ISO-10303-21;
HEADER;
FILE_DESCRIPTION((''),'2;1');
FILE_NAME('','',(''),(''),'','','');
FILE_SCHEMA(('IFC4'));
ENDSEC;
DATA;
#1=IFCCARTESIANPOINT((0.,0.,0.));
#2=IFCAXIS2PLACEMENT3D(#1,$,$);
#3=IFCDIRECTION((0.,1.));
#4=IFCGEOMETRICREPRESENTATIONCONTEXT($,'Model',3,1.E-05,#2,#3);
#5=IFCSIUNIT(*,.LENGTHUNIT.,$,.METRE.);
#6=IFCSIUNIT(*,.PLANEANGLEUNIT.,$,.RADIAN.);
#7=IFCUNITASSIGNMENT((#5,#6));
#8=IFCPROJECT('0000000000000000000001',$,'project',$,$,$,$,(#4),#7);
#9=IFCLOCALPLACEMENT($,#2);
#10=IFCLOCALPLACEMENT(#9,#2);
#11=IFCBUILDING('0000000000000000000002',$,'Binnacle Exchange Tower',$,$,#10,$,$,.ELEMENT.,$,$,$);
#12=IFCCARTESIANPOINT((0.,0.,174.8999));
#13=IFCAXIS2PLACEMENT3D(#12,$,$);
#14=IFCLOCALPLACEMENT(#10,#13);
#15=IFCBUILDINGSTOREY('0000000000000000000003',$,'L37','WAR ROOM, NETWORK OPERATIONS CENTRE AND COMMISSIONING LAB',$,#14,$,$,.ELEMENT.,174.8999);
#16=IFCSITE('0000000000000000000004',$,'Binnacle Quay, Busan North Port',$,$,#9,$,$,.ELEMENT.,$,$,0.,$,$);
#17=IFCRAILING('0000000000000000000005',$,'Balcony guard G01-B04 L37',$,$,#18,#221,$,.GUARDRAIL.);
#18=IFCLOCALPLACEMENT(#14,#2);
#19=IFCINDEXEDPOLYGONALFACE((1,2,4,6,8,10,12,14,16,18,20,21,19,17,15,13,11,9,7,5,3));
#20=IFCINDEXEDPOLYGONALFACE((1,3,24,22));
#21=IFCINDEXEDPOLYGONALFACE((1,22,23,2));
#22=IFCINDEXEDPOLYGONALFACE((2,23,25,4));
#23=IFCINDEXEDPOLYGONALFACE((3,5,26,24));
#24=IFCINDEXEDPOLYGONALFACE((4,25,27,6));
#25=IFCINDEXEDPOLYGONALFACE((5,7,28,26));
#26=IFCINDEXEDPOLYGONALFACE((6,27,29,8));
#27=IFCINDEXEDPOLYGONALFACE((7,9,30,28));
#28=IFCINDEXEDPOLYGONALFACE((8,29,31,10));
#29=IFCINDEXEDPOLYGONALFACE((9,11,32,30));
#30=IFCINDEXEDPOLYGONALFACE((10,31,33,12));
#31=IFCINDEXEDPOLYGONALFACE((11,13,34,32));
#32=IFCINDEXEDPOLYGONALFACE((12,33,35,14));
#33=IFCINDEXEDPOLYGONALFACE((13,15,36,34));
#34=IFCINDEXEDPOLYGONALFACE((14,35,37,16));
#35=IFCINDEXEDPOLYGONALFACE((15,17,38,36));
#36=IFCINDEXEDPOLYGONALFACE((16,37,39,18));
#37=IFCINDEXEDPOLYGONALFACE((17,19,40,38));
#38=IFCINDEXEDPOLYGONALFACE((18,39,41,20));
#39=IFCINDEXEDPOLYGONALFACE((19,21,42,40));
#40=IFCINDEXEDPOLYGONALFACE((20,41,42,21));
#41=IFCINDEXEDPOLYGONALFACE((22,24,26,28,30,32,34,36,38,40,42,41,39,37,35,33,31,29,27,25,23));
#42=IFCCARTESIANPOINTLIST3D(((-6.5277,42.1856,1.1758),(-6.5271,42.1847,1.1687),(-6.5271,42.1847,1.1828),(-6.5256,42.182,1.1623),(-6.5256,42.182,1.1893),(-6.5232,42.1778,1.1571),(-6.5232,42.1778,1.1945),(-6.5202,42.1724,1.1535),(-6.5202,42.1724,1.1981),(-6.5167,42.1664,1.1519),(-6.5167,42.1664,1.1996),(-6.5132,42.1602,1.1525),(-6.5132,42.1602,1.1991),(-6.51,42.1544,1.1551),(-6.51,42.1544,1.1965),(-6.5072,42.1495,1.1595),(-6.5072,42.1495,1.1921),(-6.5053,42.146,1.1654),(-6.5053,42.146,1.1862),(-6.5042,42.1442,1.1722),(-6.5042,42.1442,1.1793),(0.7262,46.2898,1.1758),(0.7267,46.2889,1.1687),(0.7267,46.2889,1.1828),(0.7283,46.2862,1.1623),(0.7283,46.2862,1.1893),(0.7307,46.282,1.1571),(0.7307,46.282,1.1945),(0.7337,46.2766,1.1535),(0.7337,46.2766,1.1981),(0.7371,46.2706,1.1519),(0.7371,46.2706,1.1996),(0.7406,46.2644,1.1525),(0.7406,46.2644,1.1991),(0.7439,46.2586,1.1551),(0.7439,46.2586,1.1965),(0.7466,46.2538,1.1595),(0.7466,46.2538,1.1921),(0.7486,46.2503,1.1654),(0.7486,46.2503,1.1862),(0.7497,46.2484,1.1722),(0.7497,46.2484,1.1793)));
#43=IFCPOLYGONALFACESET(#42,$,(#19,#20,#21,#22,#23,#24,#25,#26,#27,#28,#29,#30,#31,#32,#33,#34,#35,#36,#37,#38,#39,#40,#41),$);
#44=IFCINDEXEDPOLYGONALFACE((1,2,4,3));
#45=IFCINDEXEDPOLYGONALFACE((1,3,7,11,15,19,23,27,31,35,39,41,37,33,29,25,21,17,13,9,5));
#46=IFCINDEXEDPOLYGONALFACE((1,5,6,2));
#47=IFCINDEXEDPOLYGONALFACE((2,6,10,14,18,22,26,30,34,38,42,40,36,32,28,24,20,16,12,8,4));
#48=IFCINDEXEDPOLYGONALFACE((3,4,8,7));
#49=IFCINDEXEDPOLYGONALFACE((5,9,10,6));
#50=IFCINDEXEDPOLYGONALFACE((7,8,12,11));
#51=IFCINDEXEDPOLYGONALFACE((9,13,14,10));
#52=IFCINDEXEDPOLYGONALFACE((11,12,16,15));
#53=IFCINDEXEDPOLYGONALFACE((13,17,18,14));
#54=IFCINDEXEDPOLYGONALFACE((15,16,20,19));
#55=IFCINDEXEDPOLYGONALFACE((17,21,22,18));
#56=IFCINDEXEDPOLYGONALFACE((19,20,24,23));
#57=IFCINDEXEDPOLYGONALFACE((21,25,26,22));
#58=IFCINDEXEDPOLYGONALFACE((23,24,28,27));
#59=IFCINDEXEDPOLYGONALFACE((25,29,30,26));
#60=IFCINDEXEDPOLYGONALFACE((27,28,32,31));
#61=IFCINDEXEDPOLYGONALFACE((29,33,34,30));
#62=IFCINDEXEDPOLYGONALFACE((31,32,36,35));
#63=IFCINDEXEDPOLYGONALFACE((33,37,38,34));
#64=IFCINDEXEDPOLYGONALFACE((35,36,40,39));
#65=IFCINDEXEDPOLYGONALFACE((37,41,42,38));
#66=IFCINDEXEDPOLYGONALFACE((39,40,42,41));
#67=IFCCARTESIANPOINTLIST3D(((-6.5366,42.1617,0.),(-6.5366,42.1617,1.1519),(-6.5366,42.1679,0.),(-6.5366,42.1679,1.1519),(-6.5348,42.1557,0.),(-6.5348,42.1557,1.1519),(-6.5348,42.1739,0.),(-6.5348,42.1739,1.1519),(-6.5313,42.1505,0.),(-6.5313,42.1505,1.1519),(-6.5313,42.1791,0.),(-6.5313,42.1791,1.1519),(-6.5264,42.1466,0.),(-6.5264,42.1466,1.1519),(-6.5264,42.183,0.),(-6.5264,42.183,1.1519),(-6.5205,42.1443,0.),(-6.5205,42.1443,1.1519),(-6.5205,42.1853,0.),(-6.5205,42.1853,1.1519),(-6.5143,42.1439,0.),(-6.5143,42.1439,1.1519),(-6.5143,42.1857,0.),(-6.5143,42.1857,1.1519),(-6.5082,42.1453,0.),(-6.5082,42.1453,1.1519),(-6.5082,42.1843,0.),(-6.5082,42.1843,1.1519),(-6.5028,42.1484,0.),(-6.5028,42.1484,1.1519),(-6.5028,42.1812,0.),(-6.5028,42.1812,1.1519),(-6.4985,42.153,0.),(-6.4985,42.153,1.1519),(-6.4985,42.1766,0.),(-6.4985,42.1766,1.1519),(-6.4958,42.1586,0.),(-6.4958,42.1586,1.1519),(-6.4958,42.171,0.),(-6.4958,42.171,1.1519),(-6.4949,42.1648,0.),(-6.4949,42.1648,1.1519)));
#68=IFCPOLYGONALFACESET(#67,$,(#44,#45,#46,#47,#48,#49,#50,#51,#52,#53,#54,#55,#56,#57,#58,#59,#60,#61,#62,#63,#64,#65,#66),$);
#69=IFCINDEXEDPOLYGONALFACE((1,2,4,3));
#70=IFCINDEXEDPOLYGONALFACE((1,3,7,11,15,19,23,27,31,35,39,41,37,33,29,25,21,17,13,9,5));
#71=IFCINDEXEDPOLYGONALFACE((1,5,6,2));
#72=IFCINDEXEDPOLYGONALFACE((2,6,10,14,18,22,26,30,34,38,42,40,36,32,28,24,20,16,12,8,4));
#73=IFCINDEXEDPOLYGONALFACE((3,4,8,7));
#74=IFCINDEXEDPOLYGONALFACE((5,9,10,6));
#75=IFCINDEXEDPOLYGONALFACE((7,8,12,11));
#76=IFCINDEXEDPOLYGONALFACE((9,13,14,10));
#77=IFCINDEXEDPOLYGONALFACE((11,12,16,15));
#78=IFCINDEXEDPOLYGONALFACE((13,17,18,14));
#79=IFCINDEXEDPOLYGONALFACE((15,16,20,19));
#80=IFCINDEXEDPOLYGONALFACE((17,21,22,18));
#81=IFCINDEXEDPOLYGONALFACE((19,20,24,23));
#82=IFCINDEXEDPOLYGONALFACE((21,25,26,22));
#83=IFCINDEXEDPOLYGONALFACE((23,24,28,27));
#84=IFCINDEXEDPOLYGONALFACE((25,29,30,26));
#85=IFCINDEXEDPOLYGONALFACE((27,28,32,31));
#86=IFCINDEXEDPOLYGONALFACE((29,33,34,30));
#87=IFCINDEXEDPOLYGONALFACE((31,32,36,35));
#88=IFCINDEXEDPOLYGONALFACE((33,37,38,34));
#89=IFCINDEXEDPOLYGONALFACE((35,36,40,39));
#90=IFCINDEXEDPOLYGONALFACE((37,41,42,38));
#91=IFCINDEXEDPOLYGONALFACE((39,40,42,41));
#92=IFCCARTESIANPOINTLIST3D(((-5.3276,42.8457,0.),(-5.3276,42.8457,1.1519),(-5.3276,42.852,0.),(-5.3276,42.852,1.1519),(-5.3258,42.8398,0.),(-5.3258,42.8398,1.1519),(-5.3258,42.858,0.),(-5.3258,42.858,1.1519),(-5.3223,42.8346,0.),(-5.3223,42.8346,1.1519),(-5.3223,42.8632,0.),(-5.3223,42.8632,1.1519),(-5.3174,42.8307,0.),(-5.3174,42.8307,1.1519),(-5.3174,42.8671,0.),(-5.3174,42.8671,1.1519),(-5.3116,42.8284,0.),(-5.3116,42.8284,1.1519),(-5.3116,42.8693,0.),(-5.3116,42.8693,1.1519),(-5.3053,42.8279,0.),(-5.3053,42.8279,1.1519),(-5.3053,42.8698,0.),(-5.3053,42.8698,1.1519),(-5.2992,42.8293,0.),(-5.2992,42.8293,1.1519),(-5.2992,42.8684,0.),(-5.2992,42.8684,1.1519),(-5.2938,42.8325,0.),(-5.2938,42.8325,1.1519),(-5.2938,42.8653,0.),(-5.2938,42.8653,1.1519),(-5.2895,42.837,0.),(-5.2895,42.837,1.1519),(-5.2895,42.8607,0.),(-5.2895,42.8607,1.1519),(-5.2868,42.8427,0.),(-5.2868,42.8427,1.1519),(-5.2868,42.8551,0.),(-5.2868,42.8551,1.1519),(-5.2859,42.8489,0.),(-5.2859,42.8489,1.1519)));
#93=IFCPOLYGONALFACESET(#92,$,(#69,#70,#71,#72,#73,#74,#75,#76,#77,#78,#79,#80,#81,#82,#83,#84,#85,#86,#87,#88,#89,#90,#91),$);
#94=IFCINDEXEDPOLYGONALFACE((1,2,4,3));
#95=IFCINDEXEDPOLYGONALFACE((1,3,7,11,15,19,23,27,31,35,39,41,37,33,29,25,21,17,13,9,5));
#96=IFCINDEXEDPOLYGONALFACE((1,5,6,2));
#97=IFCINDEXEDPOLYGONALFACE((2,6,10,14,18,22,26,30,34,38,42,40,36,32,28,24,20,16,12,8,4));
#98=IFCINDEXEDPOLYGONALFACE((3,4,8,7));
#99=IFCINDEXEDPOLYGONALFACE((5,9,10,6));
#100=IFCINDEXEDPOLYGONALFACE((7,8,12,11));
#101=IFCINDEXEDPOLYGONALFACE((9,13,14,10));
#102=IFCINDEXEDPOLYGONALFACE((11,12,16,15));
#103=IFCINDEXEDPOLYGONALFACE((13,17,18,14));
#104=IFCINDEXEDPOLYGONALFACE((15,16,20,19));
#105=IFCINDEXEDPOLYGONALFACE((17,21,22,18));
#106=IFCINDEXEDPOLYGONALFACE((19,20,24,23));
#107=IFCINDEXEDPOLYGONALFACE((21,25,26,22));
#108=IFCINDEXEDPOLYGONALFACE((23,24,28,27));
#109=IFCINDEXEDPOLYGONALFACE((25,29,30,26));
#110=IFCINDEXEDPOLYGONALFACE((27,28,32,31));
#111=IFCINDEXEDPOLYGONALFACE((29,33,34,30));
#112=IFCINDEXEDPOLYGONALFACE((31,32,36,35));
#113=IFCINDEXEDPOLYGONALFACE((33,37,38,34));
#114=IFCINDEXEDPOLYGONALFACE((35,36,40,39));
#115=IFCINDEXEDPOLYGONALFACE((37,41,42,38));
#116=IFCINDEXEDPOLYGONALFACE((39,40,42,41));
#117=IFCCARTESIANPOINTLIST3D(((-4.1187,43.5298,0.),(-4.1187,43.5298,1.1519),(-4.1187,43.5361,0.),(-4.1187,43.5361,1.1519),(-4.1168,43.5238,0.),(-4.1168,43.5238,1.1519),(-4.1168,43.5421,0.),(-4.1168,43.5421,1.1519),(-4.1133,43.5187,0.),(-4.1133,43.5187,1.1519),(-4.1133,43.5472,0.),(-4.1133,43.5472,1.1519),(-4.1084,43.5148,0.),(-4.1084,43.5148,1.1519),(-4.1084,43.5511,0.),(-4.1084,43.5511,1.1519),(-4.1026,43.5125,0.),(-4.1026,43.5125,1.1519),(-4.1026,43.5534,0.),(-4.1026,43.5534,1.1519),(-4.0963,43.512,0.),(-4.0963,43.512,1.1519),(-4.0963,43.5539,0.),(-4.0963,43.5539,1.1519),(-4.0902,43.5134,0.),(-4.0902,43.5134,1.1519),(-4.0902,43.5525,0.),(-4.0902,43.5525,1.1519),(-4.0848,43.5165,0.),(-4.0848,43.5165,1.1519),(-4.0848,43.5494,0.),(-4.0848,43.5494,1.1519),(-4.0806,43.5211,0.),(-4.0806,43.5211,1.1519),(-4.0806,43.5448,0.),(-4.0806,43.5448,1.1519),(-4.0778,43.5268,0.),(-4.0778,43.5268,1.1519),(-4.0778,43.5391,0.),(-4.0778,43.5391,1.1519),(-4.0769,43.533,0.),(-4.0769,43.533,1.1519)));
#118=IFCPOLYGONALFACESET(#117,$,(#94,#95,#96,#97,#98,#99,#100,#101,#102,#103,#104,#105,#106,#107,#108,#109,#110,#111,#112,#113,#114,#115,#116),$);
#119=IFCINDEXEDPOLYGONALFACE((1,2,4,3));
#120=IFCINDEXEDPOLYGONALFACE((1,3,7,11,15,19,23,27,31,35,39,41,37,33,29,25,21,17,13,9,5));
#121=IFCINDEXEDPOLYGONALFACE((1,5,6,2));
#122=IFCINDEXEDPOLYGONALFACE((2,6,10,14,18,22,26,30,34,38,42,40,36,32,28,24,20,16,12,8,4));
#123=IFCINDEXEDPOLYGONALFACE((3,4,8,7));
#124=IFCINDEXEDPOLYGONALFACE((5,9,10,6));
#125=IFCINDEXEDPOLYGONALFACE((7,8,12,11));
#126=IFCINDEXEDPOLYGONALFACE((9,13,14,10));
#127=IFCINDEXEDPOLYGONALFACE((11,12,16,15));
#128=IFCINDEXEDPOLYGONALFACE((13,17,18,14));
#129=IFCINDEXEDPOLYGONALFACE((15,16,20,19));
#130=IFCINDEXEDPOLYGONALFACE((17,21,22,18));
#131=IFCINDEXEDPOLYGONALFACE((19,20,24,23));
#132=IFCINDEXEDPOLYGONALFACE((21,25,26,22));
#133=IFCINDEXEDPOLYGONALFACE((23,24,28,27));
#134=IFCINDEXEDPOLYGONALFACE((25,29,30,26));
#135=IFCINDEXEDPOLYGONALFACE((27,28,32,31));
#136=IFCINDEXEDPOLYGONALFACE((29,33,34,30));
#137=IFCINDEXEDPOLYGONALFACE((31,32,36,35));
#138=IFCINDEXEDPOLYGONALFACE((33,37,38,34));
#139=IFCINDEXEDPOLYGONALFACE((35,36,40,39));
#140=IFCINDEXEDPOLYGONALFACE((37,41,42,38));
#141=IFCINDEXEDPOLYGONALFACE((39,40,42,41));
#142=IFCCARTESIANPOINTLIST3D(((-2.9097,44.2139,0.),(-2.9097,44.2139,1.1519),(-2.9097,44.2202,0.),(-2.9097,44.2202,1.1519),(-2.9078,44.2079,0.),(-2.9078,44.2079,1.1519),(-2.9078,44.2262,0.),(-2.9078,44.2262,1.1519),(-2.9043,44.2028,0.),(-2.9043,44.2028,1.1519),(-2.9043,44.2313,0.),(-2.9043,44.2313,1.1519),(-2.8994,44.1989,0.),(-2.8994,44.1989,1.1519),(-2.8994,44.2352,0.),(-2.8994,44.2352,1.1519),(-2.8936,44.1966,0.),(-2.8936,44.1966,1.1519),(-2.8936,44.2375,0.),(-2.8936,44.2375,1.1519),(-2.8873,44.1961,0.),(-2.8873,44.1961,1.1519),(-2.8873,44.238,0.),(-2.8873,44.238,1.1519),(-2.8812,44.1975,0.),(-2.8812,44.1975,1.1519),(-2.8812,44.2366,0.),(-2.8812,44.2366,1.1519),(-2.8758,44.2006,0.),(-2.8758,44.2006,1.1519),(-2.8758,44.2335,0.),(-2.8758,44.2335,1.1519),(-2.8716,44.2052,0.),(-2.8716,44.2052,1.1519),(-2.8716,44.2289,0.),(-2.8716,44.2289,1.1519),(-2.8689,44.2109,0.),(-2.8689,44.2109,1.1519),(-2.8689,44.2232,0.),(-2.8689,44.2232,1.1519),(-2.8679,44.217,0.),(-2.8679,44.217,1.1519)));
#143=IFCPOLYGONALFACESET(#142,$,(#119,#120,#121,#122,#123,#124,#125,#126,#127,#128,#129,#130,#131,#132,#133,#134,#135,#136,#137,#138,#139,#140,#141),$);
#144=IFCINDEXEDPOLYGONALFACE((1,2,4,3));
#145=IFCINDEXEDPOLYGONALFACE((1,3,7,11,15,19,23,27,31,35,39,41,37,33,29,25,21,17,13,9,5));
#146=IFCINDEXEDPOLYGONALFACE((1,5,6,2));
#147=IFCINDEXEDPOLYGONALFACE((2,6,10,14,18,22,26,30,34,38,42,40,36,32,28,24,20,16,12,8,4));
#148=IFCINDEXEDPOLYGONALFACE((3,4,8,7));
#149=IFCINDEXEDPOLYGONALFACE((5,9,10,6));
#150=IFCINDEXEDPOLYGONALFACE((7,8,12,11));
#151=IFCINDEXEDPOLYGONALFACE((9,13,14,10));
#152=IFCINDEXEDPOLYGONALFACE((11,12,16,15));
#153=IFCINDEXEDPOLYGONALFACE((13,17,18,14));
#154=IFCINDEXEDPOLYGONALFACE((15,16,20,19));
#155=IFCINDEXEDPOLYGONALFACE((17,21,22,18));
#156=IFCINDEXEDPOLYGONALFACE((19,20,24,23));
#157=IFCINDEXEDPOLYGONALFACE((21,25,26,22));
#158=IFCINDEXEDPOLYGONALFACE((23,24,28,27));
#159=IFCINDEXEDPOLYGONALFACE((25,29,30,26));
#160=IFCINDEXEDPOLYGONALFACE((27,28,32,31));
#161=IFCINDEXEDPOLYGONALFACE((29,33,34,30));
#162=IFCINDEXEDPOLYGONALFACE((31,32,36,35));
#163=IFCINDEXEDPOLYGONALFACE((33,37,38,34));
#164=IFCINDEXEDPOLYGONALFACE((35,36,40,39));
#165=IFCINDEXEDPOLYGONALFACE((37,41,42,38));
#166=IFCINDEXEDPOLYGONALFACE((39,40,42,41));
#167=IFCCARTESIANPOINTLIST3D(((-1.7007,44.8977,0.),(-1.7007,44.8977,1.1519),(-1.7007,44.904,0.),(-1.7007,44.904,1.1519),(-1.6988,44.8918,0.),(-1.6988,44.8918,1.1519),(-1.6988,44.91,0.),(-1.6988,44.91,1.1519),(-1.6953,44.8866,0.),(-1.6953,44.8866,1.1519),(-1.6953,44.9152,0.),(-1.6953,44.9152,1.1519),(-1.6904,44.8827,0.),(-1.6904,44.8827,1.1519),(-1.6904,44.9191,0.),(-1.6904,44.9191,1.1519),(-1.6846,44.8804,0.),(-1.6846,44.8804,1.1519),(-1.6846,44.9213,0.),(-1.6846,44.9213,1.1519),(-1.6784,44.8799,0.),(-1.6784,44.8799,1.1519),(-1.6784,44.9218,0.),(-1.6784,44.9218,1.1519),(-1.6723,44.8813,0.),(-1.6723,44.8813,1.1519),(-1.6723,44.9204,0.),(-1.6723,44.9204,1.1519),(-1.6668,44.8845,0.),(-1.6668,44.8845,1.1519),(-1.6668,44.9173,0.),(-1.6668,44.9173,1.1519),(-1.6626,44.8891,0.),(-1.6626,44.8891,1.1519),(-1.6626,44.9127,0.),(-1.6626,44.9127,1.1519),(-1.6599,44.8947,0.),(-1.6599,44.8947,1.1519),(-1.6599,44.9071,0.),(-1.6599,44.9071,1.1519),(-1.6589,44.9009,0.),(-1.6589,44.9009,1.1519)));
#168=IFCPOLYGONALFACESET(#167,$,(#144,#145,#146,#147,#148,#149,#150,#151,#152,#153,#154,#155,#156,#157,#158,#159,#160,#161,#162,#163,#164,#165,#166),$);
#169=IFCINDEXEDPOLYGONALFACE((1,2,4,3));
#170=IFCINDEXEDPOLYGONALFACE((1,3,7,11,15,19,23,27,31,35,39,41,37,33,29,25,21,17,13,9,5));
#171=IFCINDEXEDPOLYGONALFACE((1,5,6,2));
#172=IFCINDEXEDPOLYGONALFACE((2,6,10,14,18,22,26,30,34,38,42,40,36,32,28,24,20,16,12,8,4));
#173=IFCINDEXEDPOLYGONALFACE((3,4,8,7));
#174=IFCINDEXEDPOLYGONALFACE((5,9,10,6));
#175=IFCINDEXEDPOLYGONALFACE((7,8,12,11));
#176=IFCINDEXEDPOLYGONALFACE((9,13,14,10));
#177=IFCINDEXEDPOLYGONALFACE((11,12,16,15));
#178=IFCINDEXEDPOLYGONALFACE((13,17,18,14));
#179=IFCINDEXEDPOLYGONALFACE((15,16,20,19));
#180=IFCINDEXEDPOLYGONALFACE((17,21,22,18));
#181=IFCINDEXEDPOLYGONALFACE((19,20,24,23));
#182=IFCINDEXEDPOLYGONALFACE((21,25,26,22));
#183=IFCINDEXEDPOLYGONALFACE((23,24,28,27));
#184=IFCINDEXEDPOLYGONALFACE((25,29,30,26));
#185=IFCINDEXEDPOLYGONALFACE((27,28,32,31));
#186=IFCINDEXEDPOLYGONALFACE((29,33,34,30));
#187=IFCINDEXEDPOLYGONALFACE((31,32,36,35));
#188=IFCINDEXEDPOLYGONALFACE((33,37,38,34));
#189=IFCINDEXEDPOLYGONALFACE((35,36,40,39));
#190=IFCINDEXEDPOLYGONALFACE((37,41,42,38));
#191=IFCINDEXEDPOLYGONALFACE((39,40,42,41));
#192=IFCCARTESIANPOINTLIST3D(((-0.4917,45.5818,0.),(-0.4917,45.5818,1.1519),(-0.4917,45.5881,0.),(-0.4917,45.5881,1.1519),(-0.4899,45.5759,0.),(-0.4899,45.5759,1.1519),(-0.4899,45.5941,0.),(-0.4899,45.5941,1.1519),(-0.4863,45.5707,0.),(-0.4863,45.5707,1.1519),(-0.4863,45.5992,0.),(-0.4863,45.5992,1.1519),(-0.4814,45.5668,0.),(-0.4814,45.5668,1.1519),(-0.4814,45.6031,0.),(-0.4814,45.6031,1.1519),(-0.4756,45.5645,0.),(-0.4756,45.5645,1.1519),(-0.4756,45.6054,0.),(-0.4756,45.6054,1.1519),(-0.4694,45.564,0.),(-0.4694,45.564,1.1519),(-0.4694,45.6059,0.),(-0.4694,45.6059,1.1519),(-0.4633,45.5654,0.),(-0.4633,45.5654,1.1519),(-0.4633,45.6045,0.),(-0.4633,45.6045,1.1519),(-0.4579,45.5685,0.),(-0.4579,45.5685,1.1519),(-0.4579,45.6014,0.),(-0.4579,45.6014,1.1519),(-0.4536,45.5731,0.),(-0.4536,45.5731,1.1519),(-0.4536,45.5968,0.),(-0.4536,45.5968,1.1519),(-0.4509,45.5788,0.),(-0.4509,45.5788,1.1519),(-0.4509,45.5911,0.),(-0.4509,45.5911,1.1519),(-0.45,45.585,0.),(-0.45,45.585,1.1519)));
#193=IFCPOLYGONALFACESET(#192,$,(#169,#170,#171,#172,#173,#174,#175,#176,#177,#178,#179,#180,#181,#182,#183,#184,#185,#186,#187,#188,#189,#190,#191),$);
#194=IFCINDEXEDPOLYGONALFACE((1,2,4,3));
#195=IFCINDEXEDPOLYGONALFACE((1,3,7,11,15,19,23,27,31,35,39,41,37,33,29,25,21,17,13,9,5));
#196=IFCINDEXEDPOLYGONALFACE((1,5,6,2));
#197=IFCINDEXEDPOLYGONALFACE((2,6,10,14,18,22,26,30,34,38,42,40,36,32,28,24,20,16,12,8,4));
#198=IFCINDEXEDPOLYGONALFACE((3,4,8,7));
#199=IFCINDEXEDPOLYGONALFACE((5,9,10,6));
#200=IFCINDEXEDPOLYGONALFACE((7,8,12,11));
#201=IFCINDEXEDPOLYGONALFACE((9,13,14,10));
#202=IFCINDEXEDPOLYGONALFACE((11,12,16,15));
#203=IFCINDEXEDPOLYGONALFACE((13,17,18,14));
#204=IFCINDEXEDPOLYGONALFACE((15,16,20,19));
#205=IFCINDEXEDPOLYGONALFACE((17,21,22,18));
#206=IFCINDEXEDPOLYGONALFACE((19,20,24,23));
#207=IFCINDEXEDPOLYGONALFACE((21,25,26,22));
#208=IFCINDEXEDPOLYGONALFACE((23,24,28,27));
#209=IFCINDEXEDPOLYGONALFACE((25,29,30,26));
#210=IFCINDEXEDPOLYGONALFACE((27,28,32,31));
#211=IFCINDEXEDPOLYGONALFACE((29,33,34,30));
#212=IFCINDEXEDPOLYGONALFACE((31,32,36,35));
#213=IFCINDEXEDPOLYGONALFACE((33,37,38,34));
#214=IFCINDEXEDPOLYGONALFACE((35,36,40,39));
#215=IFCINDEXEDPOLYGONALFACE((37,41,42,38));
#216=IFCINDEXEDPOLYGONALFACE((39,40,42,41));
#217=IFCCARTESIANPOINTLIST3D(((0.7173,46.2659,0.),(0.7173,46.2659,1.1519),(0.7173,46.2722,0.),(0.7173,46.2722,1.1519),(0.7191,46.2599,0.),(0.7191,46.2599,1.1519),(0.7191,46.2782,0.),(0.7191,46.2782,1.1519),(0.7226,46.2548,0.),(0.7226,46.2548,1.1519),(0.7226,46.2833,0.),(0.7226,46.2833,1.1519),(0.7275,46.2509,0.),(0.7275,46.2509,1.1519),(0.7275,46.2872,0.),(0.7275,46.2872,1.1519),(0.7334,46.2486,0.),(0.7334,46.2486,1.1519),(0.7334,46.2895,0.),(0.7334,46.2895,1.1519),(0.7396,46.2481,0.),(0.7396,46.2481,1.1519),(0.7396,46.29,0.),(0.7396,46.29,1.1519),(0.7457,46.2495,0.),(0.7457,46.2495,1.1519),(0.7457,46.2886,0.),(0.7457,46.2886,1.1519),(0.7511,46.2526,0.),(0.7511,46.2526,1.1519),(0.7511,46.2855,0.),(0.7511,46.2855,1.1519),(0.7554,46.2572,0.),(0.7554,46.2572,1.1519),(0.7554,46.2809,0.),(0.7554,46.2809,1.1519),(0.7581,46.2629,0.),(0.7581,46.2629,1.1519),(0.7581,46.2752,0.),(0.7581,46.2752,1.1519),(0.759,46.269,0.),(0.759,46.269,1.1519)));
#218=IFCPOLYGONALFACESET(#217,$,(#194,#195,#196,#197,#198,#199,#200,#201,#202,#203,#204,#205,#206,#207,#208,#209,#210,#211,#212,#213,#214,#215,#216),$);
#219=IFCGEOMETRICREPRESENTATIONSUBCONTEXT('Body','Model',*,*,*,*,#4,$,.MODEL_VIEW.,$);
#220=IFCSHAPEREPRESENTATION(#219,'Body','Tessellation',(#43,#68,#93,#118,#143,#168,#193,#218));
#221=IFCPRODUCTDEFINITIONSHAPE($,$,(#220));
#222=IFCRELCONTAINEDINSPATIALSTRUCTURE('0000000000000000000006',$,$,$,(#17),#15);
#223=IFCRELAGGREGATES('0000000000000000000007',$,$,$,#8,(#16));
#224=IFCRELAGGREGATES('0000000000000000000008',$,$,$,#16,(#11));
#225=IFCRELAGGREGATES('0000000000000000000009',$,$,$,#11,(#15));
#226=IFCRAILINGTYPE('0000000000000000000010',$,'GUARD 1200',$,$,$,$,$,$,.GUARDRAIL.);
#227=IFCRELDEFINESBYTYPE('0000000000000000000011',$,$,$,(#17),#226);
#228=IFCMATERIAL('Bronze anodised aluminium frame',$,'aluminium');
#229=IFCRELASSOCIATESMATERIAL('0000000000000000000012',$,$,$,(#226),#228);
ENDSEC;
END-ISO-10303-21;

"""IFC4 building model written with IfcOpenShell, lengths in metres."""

from ifc_helpers import new_model, si_unit, direction, frame, origin, origin_2d, place, context, subcontext, project, spatial, circle, extrude, material, type_object, element, save


model = new_model("IFC4")

# Units and contexts
model_context = context("Model", 3, precision=1e-05, world=origin(), true_north=direction((0.0, 1.0)))
body_context = subcontext(model_context, "Body", "Model", "MODEL_VIEW")
ifc_project = project(units=[si_unit("LENGTHUNIT", "METRE"), si_unit("PLANEANGLEUNIT", "RADIAN")], contexts=[model_context])

# Site, building, storey
site_placement = place(None, origin())
site = spatial("IfcSite", under=ifc_project, at=site_placement, Name="Binnacle Quay, Busan North Port", CompositionType="ELEMENT", RefElevation=0.0)
building_placement = place(site_placement, origin())
building = spatial("IfcBuilding", under=site, at=building_placement, Name="Binnacle Exchange Tower", CompositionType="ELEMENT")
storey_placement = place(building_placement, frame((0.0, 0.0, 174.8999)))
storey = spatial("IfcBuildingStorey", under=building, at=storey_placement, Name="L37", Description="WAR ROOM, NETWORK OPERATIONS CENTRE AND COMMISSIONING LAB", CompositionType="ELEMENT", Elevation=174.8999)

# Shared definitions
ifc_material_1 = material(Name="Bronze anodised aluminium frame", Category="aluminium")

# Railing
railing_type = type_object("IfcRailingType", Name="GUARD 1200", PredefinedType="GUARDRAIL", material=ifc_material_1)
railing_placement = place(storey_placement, frame((-6.5159, 42.1648, 0.0)))
element("IfcRailing", 1, at=railing_placement, inside=storey, type_object=railing_type, Name="Balcony guard G01-B04 L37", PredefinedType="GUARDRAIL", context=body_context, shape_type="SweptSolid", body=[
    extrude(circle(Radius=0.0239, at=origin_2d()), frame((0.0, 0.0, 1.1758), z_axis=(0.870346, 0.49244, 0.0), x_axis=(-0.49244, 0.870346, 0.0)), (0.0, 0.0, 1.0), 8.3345),
    extrude(circle(Radius=0.021, at=origin_2d()), origin(), (0.0, 0.0, 1.0), 1.1519),
    extrude(circle(Radius=0.021, at=origin_2d()), frame((1.209, 0.6841, 0.0)), (0.0, 0.0, 1.0), 1.1519),
    extrude(circle(Radius=0.021, at=origin_2d()), frame((2.418, 1.3682, 0.0)), (0.0, 0.0, 1.0), 1.1519),
    extrude(circle(Radius=0.021, at=origin_2d()), frame((3.627, 2.0522, 0.0)), (0.0, 0.0, 1.0), 1.1519),
    extrude(circle(Radius=0.021, at=origin_2d()), frame((4.8359, 2.7361, 0.0)), (0.0, 0.0, 1.0), 1.1519),
    extrude(circle(Radius=0.021, at=origin_2d()), frame((6.0449, 3.4202, 0.0)), (0.0, 0.0, 1.0), 1.1519),
    extrude(circle(Radius=0.021, at=origin_2d()), frame((7.2539, 4.1042, 0.0)), (0.0, 0.0, 1.0), 1.1519),
])

save(model, "model.ifc")
